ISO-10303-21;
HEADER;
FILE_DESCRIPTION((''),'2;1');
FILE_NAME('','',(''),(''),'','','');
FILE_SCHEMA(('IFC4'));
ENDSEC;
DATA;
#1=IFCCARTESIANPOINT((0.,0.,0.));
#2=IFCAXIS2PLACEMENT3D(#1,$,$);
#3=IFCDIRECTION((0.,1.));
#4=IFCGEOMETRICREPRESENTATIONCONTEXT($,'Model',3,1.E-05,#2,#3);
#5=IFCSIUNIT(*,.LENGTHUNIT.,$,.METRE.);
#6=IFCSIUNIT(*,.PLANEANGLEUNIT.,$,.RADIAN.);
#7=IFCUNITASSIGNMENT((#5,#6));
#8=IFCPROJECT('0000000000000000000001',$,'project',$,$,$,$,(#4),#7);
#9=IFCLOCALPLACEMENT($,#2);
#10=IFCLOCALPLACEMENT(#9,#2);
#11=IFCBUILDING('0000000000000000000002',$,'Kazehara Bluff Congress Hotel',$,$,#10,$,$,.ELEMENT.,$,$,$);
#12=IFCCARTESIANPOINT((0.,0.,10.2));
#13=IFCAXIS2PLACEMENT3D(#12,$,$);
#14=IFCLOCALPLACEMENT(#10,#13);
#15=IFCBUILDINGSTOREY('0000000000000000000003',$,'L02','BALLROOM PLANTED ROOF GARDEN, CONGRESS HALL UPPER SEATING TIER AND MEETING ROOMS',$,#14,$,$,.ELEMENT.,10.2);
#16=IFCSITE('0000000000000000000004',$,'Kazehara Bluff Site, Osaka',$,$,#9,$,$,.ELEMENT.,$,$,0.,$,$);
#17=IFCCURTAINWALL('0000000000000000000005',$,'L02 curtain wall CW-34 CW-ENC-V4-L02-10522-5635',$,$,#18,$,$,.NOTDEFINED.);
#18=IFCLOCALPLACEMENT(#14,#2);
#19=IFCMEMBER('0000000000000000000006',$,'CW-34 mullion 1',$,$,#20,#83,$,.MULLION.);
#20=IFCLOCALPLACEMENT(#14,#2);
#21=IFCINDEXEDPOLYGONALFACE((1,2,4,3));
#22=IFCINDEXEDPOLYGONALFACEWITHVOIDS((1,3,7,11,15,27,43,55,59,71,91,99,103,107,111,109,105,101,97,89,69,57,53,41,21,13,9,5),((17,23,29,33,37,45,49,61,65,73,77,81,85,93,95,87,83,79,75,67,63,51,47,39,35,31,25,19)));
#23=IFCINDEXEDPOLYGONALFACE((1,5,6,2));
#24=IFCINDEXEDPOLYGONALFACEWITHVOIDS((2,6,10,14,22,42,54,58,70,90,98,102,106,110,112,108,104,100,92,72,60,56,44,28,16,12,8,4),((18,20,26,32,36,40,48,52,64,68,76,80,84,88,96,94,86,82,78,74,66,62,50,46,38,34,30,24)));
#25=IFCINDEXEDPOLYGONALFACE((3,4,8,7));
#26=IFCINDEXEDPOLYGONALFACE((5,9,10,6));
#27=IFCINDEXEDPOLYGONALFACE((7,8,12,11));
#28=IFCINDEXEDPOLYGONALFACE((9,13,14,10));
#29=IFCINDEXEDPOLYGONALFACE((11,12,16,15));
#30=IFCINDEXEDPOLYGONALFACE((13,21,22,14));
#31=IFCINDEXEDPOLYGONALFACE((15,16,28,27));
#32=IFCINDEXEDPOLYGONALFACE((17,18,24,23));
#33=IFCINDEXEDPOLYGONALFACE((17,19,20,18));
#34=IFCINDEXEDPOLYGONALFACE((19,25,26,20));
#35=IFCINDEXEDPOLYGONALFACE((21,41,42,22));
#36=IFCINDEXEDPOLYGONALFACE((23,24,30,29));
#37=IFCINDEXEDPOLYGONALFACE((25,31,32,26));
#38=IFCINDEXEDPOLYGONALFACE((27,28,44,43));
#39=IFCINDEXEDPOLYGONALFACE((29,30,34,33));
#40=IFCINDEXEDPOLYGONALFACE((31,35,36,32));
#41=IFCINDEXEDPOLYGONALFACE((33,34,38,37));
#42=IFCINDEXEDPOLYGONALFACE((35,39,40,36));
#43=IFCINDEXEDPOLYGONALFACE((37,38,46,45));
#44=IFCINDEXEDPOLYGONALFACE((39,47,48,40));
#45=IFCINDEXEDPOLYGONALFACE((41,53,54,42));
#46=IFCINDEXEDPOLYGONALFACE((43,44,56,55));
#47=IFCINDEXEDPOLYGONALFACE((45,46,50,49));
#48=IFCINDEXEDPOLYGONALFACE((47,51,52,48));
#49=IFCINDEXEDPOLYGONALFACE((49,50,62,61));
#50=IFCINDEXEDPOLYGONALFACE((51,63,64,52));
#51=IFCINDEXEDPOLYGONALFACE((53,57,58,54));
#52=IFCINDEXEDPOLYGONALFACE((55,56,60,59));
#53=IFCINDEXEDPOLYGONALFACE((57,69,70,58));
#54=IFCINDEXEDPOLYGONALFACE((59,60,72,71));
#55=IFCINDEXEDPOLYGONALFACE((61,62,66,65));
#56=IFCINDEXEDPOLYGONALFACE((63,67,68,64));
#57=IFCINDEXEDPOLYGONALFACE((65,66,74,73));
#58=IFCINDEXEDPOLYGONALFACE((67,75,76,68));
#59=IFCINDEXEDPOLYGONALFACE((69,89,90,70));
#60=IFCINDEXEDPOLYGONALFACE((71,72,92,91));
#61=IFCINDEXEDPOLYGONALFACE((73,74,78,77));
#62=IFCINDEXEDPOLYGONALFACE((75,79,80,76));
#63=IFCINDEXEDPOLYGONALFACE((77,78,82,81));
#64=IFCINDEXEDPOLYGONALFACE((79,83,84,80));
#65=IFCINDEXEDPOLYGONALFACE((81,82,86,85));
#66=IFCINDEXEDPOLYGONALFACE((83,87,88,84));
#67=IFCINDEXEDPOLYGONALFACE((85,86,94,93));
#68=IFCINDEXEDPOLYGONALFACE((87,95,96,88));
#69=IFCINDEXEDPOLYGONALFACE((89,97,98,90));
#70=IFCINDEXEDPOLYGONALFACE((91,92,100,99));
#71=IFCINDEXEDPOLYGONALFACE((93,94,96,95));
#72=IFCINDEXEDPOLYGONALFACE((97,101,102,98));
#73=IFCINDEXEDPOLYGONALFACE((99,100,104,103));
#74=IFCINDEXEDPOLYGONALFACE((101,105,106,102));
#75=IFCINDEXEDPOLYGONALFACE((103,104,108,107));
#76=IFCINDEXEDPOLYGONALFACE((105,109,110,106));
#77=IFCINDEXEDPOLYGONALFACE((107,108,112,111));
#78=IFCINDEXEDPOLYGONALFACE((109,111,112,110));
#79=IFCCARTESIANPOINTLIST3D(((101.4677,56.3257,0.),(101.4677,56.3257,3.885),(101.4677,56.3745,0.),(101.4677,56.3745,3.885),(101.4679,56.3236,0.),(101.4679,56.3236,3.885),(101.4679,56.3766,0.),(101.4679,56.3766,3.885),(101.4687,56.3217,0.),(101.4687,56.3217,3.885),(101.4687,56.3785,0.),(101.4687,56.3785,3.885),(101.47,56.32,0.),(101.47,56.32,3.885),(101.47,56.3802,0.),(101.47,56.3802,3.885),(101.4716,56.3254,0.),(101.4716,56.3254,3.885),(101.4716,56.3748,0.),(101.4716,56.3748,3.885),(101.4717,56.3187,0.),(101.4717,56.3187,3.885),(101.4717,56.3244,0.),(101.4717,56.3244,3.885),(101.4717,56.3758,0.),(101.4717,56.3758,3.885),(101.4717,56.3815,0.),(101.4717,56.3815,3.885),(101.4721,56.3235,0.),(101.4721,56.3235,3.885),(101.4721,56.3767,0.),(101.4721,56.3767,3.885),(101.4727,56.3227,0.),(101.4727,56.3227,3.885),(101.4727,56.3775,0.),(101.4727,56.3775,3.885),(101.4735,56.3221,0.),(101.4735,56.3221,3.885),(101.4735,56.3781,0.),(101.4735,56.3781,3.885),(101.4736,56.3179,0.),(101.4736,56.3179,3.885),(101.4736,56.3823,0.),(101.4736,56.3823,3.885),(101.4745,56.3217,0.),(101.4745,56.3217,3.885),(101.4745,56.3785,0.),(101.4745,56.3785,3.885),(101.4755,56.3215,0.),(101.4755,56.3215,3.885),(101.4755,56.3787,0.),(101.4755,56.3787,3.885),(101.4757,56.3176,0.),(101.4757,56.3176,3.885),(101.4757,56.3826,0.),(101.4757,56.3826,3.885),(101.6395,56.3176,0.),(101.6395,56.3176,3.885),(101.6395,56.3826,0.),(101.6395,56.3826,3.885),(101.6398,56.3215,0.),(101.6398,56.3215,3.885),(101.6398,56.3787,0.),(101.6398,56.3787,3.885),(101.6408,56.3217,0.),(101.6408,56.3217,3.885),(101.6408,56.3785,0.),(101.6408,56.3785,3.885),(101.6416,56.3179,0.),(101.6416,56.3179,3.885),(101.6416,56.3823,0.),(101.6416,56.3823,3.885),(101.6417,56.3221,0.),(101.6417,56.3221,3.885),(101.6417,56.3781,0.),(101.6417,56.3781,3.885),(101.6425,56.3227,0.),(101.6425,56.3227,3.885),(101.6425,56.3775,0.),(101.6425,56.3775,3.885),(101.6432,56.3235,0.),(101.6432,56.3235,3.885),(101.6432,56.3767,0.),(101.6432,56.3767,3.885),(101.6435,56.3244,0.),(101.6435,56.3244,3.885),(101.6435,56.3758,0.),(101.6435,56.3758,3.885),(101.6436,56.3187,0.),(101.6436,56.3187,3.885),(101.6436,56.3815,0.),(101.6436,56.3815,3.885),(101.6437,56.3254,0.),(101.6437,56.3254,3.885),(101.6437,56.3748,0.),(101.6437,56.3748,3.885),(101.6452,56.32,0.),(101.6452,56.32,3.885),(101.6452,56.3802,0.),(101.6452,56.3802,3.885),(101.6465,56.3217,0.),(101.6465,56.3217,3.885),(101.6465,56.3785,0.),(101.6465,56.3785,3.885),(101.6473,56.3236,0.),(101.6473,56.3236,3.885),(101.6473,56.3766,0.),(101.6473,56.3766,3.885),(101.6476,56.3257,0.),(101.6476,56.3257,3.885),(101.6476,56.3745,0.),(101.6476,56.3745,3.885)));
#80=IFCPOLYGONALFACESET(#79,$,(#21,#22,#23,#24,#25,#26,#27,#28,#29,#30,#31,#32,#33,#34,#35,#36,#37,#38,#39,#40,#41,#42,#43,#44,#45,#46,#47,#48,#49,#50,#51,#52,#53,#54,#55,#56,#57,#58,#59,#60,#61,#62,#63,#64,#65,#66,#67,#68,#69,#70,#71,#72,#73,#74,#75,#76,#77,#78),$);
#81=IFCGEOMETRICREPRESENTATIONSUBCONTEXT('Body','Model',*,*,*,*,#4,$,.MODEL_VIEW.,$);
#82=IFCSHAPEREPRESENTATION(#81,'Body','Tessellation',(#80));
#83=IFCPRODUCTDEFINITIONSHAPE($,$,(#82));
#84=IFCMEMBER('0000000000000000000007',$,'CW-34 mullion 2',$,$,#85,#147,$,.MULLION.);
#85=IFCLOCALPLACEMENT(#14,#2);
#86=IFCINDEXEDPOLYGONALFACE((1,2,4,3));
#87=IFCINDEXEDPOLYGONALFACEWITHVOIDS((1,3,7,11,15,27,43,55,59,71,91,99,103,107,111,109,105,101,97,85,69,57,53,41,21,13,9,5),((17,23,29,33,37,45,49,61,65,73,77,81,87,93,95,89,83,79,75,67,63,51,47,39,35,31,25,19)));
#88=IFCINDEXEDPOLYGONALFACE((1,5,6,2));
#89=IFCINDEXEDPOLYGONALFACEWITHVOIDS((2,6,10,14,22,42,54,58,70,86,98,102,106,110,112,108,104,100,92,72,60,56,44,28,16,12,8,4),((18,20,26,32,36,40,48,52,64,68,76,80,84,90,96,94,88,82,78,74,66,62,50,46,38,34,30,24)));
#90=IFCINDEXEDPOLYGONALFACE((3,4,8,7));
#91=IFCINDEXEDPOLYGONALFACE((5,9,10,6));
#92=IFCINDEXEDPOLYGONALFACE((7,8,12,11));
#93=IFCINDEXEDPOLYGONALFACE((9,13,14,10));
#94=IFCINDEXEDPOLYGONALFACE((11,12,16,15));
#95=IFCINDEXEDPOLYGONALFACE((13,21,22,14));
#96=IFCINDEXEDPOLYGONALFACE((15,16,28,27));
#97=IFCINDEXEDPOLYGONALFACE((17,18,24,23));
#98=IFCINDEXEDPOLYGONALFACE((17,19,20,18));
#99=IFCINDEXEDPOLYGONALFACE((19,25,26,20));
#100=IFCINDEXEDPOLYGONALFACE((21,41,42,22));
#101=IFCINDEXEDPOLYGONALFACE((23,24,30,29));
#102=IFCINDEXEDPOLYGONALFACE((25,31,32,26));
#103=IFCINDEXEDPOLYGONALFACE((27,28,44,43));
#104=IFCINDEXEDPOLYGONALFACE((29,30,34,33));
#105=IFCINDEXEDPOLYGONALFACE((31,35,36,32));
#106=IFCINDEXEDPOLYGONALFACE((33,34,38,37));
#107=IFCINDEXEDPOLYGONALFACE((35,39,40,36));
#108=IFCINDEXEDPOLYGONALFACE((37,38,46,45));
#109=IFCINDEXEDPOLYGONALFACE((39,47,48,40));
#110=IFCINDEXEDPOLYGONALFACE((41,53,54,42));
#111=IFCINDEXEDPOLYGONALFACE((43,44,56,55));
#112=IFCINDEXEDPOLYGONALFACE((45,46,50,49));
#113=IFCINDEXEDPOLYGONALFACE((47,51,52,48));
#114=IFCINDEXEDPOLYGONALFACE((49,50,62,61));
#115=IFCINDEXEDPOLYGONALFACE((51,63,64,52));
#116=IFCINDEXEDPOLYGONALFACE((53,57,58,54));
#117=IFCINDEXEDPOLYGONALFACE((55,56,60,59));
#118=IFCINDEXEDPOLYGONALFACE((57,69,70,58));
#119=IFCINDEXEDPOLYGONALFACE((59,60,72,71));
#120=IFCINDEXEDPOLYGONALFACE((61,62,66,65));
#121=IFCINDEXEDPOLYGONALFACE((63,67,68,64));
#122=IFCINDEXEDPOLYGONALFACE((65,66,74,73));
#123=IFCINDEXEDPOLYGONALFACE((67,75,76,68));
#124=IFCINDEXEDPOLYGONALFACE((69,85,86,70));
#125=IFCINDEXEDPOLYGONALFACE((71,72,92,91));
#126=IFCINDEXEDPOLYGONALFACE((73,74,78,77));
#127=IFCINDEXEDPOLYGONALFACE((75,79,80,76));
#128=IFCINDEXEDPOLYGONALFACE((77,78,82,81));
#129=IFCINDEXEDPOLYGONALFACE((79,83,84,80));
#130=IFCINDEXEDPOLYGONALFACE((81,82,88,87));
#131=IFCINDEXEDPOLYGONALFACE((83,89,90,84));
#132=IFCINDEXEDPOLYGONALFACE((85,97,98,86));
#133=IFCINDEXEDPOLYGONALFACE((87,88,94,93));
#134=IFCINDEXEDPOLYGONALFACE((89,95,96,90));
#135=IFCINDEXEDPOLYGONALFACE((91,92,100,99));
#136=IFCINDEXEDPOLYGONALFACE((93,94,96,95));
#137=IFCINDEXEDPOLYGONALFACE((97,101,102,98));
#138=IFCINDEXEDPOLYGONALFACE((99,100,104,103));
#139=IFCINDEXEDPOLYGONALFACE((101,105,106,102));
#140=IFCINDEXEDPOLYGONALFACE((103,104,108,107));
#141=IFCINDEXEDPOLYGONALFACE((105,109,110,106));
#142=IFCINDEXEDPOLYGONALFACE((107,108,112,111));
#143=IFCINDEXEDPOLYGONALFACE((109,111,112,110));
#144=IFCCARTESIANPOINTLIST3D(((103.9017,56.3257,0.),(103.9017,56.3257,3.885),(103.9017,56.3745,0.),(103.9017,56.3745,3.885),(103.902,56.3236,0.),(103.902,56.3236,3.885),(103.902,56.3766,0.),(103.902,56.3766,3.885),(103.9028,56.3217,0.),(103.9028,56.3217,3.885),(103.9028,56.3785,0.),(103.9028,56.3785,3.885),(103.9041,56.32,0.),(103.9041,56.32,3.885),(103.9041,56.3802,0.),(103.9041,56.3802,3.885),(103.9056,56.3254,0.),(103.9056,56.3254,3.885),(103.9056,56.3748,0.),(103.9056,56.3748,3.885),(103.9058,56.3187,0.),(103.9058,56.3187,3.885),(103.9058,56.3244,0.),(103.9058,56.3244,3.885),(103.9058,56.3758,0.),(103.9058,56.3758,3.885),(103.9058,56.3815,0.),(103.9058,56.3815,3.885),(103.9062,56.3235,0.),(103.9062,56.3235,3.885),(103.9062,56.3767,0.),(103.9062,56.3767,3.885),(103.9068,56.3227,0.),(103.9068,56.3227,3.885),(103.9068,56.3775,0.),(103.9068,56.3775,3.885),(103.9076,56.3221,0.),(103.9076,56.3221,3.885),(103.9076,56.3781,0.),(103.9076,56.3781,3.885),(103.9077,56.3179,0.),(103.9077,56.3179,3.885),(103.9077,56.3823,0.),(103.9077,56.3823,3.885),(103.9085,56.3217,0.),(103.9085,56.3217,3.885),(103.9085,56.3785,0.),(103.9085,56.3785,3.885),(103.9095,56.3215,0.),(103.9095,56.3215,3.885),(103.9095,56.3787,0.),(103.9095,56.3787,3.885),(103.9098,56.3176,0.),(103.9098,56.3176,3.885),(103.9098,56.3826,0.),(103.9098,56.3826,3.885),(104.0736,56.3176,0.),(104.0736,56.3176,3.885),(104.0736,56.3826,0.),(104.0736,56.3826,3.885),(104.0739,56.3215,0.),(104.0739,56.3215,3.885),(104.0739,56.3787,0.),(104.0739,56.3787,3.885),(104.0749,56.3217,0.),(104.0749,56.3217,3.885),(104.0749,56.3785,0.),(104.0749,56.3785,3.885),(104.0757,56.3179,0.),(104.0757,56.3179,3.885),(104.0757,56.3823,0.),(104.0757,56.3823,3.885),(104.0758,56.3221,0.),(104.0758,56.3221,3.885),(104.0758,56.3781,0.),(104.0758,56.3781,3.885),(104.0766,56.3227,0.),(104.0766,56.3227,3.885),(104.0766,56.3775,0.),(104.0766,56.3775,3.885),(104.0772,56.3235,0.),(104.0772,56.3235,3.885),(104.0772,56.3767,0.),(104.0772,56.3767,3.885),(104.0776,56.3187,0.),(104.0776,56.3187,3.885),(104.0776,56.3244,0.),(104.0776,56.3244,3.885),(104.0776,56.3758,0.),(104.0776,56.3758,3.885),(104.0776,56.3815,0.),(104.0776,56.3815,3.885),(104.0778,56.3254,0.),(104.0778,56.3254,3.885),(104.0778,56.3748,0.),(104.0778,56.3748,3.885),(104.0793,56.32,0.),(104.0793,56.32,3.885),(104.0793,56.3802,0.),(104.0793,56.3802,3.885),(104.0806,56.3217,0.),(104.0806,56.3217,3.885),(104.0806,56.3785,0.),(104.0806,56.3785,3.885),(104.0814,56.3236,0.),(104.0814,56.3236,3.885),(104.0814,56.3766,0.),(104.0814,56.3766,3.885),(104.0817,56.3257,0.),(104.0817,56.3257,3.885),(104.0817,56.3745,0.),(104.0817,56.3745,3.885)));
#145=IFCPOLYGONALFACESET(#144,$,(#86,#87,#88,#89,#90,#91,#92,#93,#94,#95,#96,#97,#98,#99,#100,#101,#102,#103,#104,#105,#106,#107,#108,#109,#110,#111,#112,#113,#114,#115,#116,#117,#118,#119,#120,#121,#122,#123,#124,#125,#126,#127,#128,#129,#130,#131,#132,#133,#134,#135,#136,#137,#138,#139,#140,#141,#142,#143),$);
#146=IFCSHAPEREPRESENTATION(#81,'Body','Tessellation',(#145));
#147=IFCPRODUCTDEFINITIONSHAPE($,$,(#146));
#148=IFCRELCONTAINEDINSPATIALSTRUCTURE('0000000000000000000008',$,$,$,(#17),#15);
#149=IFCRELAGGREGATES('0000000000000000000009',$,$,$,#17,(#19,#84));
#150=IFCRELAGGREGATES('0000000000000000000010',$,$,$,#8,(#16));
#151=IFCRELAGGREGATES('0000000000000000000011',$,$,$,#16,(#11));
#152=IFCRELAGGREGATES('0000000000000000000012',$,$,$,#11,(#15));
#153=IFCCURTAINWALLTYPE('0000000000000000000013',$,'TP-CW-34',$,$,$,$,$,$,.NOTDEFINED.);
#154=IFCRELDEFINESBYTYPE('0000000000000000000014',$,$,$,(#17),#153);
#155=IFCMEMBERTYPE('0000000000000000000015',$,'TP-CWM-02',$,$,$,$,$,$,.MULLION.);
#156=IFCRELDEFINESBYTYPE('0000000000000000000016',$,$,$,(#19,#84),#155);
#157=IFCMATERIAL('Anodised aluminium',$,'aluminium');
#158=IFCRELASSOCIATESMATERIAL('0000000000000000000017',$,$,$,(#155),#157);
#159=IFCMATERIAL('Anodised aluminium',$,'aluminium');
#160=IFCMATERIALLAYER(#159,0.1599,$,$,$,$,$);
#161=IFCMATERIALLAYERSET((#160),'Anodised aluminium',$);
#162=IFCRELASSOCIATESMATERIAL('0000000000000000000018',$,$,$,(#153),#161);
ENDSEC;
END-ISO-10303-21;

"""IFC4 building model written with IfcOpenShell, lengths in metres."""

from ifc_helpers import new_model, si_unit, direction, frame, origin, origin_2d, place, context, subcontext, project, spatial, hollow_rectangle, extrude, material, layer, layer_set, material_profile, profile_set, type_object, element, aggregate, save


model = new_model("IFC4")

# Units and contexts
model_context = context("Model", 3, precision=1e-05, world=origin(), true_north=direction((0.0, 1.0)))
body_context = subcontext(model_context, "Body", "Model", "MODEL_VIEW")
ifc_project = project(units=[si_unit("LENGTHUNIT", "METRE"), si_unit("PLANEANGLEUNIT", "RADIAN")], contexts=[model_context])

# Site, building, storey
site_placement = place(None, origin())
site = spatial("IfcSite", under=ifc_project, at=site_placement, Name="Kazehara Bluff Site, Osaka", CompositionType="ELEMENT", RefElevation=0.0)
building_placement = place(site_placement, origin())
building = spatial("IfcBuilding", under=site, at=building_placement, Name="Kazehara Bluff Congress Hotel", CompositionType="ELEMENT")
storey_placement = place(building_placement, frame((0.0, 0.0, 10.2)))
storey = spatial("IfcBuildingStorey", under=building, at=storey_placement, Name="L02", Description="BALLROOM PLANTED ROOF GARDEN, CONGRESS HALL UPPER SEATING TIER AND MEETING ROOMS", CompositionType="ELEMENT", Elevation=10.2)

# Curtain wall, members
ifc_material_1 = material(Name="Anodised aluminium", Category="aluminium")
ifc_material_profile_1 = material_profile(ifc_material_1, hollow_rectangle(XDim=0.0649, YDim=0.1799, WallThickness=0.0039, InnerFilletRadius=0.0039, OuterFilletRadius=0.0081, at=origin_2d()))
ifc_profile_set_1 = profile_set([ifc_material_profile_1], Name="Anodised aluminium")
member_type_1 = type_object("IfcMemberType", Name="TP-CWM-02", PredefinedType="MULLION", material=ifc_profile_set_1)
ifc_material_2 = material(Name="Anodised aluminium", Category="aluminium")
ifc_layer_1 = layer(ifc_material_2, 0.1599)
ifc_layer_set_1 = layer_set([ifc_layer_1], Name="Anodised aluminium")
curtain_wall_type_1 = type_object("IfcCurtainWallType", Name="TP-CW-34", PredefinedType="NOTDEFINED", material=ifc_layer_set_1)
curtain_wall_1_placement = place(storey_placement, origin())
curtain_wall_1 = element("IfcCurtainWall", 1, at=curtain_wall_1_placement, inside=storey, type_object=curtain_wall_type_1, Name="L02 curtain wall CW-34 CW-ENC-V4-L02-10522-5635", PredefinedType="NOTDEFINED")
member_1_placement = place(storey_placement, frame((101.5576, 56.3501, 0.0), z_axis=(0.0, 0.0, 1.0), x_axis=(0.0, 1.0, 0.0)))
member_1 = element("IfcMember", 2, at=member_1_placement, type_object=member_type_1, Name="CW-34 mullion 1", PredefinedType="MULLION", context=body_context, shape_type="SweptSolid", body=[
    extrude(hollow_rectangle(XDim=0.0649, YDim=0.1799, WallThickness=0.0039, InnerFilletRadius=0.0039, OuterFilletRadius=0.0081, at=origin_2d()), origin(), (0.0, 0.0, 1.0), 3.885),
])
member_2_placement = place(storey_placement, frame((103.9917, 56.3501, 0.0), z_axis=(0.0, 0.0, 1.0), x_axis=(0.0, 1.0, 0.0)))
member_2 = element("IfcMember", 3, at=member_2_placement, type_object=member_type_1, Name="CW-34 mullion 2", PredefinedType="MULLION", context=body_context, shape_type="SweptSolid", body=[
    extrude(hollow_rectangle(XDim=0.0649, YDim=0.1799, WallThickness=0.0039, InnerFilletRadius=0.0039, OuterFilletRadius=0.0081, at=origin_2d()), origin(), (0.0, 0.0, 1.0), 3.885),
])

aggregate(curtain_wall_1, [member_1, member_2])

save(model, "model.ifc")
